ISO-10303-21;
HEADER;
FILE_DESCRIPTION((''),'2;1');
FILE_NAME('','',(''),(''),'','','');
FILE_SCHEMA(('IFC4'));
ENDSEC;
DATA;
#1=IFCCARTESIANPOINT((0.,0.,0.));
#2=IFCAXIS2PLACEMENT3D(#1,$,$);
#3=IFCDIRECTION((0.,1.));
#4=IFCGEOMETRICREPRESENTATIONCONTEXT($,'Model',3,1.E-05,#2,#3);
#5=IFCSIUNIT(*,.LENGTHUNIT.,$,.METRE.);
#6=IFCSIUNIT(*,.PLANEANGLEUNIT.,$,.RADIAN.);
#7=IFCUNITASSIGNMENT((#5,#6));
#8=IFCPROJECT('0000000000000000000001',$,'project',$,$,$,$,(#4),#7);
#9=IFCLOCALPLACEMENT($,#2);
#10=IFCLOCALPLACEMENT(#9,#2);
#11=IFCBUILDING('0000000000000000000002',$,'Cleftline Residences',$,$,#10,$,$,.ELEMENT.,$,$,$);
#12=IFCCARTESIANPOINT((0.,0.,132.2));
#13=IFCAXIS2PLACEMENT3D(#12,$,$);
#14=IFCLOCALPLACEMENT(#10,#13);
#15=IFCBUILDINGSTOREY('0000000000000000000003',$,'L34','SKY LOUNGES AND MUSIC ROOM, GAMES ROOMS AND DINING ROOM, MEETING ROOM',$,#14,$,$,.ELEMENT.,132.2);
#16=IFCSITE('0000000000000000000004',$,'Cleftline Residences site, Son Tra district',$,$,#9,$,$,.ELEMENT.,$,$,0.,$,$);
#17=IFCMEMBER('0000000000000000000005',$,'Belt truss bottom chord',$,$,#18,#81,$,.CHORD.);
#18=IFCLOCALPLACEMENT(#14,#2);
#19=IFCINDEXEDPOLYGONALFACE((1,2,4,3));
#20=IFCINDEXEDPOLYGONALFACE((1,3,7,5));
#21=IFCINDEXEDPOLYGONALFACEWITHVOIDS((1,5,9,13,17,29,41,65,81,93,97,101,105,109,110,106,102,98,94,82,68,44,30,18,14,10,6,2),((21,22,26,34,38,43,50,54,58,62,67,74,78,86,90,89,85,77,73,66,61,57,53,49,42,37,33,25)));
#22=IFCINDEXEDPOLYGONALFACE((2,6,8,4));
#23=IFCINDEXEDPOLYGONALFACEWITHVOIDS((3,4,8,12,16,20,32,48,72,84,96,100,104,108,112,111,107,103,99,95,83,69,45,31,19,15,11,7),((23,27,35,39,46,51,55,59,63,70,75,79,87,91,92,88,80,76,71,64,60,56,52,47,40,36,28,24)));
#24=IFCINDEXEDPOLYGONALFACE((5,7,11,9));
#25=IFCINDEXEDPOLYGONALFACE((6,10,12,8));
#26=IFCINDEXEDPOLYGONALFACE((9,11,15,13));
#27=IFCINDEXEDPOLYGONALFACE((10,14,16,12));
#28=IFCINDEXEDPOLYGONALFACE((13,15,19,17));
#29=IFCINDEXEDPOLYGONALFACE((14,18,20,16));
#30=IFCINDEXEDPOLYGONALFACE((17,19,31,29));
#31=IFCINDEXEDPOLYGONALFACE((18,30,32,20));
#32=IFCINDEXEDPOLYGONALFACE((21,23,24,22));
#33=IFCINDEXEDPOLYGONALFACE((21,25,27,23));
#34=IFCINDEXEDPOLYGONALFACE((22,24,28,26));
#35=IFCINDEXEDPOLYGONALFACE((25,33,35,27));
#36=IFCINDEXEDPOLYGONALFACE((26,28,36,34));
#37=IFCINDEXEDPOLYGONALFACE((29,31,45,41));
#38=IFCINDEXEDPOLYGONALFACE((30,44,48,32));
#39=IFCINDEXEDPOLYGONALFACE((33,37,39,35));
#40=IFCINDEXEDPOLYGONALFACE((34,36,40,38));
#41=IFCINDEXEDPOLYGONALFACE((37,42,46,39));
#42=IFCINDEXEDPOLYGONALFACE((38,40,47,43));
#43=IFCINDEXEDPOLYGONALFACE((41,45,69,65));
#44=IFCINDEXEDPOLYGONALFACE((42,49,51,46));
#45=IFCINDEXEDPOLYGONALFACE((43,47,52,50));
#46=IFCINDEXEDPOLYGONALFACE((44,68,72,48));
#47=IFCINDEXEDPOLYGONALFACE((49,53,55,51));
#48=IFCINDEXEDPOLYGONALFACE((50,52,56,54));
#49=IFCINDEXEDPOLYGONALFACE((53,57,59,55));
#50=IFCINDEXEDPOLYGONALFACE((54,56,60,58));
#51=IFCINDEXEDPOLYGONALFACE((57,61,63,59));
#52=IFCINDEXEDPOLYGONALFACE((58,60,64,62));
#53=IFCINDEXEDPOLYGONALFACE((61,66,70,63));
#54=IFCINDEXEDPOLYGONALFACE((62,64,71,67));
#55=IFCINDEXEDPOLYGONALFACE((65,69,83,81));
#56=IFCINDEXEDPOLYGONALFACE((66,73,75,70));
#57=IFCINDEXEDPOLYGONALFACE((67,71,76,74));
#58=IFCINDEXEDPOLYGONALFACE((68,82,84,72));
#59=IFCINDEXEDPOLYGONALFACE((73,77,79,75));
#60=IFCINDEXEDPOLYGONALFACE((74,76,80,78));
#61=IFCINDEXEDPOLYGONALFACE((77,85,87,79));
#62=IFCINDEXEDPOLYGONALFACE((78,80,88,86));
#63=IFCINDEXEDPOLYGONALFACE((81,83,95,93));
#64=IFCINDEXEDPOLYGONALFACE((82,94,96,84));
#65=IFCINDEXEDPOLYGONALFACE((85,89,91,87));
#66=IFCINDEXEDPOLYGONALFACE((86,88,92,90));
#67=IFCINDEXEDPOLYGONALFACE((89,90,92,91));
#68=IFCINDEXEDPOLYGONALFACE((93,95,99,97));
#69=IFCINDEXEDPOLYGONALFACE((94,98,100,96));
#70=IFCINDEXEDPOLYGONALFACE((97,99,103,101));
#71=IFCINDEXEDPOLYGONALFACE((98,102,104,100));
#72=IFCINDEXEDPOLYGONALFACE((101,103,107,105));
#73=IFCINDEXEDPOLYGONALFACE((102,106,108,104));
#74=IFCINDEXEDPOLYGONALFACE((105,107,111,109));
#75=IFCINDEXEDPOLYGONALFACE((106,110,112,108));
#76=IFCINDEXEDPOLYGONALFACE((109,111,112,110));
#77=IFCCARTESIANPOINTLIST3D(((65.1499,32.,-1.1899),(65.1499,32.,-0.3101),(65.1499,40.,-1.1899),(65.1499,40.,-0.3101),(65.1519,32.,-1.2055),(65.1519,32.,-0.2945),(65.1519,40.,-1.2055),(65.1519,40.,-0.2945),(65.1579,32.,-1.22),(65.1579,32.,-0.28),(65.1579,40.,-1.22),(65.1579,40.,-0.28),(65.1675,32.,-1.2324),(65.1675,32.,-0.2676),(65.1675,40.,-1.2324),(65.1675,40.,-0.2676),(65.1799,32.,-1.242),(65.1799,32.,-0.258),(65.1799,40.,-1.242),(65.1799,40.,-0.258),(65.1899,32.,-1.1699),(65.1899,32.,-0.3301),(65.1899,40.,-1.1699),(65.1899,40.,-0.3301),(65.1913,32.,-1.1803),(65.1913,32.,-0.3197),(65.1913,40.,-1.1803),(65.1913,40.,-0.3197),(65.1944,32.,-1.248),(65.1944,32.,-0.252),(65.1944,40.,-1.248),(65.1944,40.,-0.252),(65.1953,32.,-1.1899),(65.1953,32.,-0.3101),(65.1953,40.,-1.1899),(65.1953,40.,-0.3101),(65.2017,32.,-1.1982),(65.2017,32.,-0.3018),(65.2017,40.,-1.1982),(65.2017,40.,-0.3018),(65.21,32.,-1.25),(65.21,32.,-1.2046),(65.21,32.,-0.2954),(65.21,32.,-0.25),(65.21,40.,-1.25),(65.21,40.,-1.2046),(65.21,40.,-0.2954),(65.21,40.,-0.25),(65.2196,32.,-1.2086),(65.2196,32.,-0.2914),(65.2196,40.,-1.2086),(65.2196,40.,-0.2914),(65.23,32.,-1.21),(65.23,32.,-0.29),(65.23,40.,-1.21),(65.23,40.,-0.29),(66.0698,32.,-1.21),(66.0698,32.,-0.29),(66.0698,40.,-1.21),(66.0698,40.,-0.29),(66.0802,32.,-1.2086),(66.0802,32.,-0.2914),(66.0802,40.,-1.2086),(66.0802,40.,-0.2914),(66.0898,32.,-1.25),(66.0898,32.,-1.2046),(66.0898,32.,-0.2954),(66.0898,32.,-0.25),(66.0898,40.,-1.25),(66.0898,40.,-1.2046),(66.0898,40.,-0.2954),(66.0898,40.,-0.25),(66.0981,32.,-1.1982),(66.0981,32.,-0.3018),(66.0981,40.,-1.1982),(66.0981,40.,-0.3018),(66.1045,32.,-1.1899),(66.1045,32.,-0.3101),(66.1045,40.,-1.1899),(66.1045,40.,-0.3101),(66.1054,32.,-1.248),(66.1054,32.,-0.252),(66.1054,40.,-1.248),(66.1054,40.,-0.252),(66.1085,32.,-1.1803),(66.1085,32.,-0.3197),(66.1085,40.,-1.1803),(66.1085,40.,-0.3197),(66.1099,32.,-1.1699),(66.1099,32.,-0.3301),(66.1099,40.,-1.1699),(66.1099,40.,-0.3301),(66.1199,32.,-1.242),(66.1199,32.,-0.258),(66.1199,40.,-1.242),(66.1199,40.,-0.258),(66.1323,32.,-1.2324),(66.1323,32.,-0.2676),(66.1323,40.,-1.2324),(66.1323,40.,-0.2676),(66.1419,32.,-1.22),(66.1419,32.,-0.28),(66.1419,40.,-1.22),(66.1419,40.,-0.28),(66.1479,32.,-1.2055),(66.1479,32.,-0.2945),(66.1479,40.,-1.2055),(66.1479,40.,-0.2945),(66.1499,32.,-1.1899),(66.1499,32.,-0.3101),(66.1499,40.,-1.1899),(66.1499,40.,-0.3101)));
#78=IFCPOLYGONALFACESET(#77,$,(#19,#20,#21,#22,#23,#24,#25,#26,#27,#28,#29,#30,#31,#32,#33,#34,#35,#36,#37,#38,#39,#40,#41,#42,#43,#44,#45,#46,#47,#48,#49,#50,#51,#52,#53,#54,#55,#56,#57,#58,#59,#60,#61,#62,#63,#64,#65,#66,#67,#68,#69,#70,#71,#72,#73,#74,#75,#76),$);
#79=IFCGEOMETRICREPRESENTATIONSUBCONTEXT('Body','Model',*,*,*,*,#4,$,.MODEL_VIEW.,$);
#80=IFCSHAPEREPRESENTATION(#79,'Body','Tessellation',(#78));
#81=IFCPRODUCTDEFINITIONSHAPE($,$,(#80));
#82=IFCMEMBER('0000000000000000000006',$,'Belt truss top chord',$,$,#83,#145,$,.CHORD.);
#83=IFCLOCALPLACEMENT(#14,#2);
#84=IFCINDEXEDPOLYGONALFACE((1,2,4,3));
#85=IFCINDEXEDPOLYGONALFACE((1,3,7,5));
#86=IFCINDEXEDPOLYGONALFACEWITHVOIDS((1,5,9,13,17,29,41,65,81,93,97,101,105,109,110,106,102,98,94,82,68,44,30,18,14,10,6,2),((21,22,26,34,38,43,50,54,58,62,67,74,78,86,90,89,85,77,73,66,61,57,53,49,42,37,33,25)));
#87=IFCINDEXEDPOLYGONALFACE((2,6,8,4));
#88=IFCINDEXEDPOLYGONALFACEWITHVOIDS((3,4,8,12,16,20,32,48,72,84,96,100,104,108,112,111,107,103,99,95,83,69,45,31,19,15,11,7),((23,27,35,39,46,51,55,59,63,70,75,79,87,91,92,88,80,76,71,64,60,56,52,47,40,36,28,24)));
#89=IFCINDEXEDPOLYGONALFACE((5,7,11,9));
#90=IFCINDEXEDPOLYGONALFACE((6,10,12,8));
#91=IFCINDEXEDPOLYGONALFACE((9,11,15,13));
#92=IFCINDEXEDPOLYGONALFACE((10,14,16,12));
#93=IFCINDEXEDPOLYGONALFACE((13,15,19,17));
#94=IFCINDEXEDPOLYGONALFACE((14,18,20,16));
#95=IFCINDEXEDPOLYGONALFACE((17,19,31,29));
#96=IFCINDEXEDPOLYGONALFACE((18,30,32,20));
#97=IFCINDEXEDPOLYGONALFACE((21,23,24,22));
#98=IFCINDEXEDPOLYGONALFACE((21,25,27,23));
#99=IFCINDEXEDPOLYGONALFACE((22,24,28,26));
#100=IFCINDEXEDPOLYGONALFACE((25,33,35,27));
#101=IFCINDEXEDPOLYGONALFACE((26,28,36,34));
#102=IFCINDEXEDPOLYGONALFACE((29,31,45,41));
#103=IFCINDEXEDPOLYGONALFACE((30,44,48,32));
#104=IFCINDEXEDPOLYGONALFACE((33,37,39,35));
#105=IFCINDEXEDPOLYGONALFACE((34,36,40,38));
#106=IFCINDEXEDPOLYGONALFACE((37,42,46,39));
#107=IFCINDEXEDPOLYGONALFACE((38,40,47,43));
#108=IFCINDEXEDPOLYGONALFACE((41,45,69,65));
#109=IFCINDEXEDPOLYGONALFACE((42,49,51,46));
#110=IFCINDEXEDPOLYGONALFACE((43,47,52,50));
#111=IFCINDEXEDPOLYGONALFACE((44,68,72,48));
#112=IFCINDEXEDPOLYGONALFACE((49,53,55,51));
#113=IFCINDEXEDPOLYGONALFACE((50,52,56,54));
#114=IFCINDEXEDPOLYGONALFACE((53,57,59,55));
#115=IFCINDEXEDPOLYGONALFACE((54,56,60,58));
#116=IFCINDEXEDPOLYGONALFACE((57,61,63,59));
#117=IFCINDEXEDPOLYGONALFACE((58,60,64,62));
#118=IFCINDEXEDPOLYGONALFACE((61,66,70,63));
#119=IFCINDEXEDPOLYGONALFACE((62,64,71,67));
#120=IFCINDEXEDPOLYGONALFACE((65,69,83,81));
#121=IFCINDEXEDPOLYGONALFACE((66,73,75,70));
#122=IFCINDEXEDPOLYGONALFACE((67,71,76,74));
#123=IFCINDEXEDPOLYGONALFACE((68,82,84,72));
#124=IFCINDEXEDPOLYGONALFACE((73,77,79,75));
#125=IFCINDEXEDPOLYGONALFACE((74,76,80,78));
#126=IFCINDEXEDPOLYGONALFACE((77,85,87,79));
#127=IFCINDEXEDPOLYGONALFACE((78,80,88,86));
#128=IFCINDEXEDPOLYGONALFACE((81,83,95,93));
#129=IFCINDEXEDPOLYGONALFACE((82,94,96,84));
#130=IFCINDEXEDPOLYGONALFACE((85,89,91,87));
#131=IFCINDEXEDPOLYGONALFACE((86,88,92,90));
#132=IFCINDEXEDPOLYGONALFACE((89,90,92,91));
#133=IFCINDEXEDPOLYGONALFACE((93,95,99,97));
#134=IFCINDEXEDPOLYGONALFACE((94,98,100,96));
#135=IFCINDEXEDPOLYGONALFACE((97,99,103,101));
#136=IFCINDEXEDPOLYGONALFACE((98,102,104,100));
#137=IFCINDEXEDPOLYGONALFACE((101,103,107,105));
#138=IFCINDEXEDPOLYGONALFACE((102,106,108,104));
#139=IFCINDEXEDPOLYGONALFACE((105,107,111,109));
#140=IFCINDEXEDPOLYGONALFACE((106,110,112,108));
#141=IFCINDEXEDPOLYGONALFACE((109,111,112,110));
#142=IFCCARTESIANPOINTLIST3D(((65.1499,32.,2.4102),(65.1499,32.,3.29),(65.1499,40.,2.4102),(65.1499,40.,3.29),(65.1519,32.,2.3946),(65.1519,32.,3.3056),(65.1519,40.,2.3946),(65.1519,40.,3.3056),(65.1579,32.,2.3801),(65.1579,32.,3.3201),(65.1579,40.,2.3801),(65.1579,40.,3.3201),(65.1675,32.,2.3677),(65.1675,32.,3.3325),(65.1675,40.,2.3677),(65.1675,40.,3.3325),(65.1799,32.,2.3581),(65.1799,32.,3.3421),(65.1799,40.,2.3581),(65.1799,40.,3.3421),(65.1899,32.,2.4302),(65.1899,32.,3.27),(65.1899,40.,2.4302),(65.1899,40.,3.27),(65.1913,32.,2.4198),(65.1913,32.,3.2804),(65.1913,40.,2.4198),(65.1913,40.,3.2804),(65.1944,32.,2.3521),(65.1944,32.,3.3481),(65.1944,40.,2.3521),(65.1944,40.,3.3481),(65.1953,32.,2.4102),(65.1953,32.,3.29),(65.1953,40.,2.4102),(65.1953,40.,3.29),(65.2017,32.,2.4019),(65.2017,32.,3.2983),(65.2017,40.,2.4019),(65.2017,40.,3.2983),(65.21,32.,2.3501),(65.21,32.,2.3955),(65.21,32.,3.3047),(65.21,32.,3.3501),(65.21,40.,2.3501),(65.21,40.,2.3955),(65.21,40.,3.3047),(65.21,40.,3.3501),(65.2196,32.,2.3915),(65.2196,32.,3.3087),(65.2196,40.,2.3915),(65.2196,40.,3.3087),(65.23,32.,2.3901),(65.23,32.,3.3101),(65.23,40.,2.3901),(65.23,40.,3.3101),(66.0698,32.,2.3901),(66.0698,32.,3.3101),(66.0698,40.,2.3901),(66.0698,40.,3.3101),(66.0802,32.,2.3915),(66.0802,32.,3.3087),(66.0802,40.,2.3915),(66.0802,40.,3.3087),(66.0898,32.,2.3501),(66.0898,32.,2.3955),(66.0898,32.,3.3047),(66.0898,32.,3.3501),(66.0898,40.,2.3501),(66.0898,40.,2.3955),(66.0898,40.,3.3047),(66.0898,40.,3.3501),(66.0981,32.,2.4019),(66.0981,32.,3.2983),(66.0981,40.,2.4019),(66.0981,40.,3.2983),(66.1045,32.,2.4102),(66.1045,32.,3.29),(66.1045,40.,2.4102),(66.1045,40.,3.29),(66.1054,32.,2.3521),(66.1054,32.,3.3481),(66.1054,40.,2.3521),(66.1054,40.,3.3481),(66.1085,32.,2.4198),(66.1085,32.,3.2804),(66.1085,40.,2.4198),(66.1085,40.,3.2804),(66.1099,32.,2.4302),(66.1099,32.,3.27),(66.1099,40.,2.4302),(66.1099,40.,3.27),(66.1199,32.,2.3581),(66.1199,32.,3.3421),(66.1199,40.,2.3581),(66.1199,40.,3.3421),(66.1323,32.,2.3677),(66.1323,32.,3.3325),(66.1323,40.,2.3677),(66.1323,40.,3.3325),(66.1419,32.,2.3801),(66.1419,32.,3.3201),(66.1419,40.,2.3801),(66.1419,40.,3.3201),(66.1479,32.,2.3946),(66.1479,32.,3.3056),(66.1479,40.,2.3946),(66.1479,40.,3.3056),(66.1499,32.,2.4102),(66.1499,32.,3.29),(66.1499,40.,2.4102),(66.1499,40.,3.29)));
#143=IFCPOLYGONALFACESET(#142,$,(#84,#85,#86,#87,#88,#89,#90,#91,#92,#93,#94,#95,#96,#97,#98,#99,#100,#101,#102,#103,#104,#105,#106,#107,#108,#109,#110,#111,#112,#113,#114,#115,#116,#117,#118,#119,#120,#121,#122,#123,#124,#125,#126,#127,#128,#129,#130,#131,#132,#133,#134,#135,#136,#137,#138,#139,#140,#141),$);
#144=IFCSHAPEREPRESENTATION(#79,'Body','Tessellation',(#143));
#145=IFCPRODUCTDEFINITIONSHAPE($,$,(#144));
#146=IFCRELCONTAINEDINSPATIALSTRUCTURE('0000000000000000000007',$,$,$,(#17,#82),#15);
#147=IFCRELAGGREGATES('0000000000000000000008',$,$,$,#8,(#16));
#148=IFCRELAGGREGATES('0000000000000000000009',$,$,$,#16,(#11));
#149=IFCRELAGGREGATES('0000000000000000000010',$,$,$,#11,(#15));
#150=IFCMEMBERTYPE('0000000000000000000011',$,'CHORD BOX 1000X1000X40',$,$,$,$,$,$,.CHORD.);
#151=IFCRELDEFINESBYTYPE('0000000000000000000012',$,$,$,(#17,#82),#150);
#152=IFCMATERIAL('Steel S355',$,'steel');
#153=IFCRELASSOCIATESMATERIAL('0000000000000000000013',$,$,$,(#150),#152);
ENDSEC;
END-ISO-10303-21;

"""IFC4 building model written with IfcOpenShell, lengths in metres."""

from ifc_helpers import new_model, si_unit, direction, frame, origin, origin_2d, place, context, subcontext, project, spatial, hollow_rectangle, extrude, material, material_profile, profile_set, type_object, element, save


model = new_model("IFC4")

# Units and contexts
model_context = context("Model", 3, precision=1e-05, world=origin(), true_north=direction((0.0, 1.0)))
body_context = subcontext(model_context, "Body", "Model", "MODEL_VIEW")
ifc_project = project(units=[si_unit("LENGTHUNIT", "METRE"), si_unit("PLANEANGLEUNIT", "RADIAN")], contexts=[model_context])

# Site, building, storey
site_placement = place(None, origin())
site = spatial("IfcSite", under=ifc_project, at=site_placement, Name="Cleftline Residences site, Son Tra district", CompositionType="ELEMENT", RefElevation=0.0)
building_placement = place(site_placement, origin())
building = spatial("IfcBuilding", under=site, at=building_placement, Name="Cleftline Residences", CompositionType="ELEMENT")
storey_placement = place(building_placement, frame((0.0, 0.0, 132.2)))
storey = spatial("IfcBuildingStorey", under=building, at=storey_placement, Name="L34", Description="SKY LOUNGES AND MUSIC ROOM, GAMES ROOMS AND DINING ROOM, MEETING ROOM", CompositionType="ELEMENT", Elevation=132.2)

# Members
ifc_material_1 = material(Name="Steel S355", Category="steel")
ifc_material_profile_1 = material_profile(ifc_material_1, hollow_rectangle(XDim=1.0, YDim=1.0, WallThickness=0.04, InnerFilletRadius=0.04, OuterFilletRadius=0.0601, at=origin_2d()))
ifc_profile_set_1 = profile_set([ifc_material_profile_1], Name="Steel S355")
member_type_1 = type_object("IfcMemberType", Name="CHORD BOX 1000X1000X40", PredefinedType="CHORD", material=ifc_profile_set_1)
for number, where, z_axis, x_axis, name in (
    (1, (65.6499, 32.0, -0.75), (0.0, 1.0, 0.0), (-1.0, 0.0, 0.0), "Belt truss bottom chord"),
    (2, (65.6499, 32.0, 2.8501), (0.0, 1.0, 0.0), (-1.0, 0.0, 0.0), "Belt truss top chord"),
):
    element("IfcMember", number, at=place(storey_placement, frame(where, z_axis=z_axis, x_axis=x_axis)), inside=storey, type_object=member_type_1, Name=name, PredefinedType="CHORD", context=body_context, shape_type="SweptSolid", body=[
        extrude(hollow_rectangle(XDim=1.0, YDim=1.0, WallThickness=0.04, InnerFilletRadius=0.04, OuterFilletRadius=0.0601, at=origin_2d()), origin(), (0.0, 0.0, 1.0), 8.0),
    ])

save(model, "model.ifc")
